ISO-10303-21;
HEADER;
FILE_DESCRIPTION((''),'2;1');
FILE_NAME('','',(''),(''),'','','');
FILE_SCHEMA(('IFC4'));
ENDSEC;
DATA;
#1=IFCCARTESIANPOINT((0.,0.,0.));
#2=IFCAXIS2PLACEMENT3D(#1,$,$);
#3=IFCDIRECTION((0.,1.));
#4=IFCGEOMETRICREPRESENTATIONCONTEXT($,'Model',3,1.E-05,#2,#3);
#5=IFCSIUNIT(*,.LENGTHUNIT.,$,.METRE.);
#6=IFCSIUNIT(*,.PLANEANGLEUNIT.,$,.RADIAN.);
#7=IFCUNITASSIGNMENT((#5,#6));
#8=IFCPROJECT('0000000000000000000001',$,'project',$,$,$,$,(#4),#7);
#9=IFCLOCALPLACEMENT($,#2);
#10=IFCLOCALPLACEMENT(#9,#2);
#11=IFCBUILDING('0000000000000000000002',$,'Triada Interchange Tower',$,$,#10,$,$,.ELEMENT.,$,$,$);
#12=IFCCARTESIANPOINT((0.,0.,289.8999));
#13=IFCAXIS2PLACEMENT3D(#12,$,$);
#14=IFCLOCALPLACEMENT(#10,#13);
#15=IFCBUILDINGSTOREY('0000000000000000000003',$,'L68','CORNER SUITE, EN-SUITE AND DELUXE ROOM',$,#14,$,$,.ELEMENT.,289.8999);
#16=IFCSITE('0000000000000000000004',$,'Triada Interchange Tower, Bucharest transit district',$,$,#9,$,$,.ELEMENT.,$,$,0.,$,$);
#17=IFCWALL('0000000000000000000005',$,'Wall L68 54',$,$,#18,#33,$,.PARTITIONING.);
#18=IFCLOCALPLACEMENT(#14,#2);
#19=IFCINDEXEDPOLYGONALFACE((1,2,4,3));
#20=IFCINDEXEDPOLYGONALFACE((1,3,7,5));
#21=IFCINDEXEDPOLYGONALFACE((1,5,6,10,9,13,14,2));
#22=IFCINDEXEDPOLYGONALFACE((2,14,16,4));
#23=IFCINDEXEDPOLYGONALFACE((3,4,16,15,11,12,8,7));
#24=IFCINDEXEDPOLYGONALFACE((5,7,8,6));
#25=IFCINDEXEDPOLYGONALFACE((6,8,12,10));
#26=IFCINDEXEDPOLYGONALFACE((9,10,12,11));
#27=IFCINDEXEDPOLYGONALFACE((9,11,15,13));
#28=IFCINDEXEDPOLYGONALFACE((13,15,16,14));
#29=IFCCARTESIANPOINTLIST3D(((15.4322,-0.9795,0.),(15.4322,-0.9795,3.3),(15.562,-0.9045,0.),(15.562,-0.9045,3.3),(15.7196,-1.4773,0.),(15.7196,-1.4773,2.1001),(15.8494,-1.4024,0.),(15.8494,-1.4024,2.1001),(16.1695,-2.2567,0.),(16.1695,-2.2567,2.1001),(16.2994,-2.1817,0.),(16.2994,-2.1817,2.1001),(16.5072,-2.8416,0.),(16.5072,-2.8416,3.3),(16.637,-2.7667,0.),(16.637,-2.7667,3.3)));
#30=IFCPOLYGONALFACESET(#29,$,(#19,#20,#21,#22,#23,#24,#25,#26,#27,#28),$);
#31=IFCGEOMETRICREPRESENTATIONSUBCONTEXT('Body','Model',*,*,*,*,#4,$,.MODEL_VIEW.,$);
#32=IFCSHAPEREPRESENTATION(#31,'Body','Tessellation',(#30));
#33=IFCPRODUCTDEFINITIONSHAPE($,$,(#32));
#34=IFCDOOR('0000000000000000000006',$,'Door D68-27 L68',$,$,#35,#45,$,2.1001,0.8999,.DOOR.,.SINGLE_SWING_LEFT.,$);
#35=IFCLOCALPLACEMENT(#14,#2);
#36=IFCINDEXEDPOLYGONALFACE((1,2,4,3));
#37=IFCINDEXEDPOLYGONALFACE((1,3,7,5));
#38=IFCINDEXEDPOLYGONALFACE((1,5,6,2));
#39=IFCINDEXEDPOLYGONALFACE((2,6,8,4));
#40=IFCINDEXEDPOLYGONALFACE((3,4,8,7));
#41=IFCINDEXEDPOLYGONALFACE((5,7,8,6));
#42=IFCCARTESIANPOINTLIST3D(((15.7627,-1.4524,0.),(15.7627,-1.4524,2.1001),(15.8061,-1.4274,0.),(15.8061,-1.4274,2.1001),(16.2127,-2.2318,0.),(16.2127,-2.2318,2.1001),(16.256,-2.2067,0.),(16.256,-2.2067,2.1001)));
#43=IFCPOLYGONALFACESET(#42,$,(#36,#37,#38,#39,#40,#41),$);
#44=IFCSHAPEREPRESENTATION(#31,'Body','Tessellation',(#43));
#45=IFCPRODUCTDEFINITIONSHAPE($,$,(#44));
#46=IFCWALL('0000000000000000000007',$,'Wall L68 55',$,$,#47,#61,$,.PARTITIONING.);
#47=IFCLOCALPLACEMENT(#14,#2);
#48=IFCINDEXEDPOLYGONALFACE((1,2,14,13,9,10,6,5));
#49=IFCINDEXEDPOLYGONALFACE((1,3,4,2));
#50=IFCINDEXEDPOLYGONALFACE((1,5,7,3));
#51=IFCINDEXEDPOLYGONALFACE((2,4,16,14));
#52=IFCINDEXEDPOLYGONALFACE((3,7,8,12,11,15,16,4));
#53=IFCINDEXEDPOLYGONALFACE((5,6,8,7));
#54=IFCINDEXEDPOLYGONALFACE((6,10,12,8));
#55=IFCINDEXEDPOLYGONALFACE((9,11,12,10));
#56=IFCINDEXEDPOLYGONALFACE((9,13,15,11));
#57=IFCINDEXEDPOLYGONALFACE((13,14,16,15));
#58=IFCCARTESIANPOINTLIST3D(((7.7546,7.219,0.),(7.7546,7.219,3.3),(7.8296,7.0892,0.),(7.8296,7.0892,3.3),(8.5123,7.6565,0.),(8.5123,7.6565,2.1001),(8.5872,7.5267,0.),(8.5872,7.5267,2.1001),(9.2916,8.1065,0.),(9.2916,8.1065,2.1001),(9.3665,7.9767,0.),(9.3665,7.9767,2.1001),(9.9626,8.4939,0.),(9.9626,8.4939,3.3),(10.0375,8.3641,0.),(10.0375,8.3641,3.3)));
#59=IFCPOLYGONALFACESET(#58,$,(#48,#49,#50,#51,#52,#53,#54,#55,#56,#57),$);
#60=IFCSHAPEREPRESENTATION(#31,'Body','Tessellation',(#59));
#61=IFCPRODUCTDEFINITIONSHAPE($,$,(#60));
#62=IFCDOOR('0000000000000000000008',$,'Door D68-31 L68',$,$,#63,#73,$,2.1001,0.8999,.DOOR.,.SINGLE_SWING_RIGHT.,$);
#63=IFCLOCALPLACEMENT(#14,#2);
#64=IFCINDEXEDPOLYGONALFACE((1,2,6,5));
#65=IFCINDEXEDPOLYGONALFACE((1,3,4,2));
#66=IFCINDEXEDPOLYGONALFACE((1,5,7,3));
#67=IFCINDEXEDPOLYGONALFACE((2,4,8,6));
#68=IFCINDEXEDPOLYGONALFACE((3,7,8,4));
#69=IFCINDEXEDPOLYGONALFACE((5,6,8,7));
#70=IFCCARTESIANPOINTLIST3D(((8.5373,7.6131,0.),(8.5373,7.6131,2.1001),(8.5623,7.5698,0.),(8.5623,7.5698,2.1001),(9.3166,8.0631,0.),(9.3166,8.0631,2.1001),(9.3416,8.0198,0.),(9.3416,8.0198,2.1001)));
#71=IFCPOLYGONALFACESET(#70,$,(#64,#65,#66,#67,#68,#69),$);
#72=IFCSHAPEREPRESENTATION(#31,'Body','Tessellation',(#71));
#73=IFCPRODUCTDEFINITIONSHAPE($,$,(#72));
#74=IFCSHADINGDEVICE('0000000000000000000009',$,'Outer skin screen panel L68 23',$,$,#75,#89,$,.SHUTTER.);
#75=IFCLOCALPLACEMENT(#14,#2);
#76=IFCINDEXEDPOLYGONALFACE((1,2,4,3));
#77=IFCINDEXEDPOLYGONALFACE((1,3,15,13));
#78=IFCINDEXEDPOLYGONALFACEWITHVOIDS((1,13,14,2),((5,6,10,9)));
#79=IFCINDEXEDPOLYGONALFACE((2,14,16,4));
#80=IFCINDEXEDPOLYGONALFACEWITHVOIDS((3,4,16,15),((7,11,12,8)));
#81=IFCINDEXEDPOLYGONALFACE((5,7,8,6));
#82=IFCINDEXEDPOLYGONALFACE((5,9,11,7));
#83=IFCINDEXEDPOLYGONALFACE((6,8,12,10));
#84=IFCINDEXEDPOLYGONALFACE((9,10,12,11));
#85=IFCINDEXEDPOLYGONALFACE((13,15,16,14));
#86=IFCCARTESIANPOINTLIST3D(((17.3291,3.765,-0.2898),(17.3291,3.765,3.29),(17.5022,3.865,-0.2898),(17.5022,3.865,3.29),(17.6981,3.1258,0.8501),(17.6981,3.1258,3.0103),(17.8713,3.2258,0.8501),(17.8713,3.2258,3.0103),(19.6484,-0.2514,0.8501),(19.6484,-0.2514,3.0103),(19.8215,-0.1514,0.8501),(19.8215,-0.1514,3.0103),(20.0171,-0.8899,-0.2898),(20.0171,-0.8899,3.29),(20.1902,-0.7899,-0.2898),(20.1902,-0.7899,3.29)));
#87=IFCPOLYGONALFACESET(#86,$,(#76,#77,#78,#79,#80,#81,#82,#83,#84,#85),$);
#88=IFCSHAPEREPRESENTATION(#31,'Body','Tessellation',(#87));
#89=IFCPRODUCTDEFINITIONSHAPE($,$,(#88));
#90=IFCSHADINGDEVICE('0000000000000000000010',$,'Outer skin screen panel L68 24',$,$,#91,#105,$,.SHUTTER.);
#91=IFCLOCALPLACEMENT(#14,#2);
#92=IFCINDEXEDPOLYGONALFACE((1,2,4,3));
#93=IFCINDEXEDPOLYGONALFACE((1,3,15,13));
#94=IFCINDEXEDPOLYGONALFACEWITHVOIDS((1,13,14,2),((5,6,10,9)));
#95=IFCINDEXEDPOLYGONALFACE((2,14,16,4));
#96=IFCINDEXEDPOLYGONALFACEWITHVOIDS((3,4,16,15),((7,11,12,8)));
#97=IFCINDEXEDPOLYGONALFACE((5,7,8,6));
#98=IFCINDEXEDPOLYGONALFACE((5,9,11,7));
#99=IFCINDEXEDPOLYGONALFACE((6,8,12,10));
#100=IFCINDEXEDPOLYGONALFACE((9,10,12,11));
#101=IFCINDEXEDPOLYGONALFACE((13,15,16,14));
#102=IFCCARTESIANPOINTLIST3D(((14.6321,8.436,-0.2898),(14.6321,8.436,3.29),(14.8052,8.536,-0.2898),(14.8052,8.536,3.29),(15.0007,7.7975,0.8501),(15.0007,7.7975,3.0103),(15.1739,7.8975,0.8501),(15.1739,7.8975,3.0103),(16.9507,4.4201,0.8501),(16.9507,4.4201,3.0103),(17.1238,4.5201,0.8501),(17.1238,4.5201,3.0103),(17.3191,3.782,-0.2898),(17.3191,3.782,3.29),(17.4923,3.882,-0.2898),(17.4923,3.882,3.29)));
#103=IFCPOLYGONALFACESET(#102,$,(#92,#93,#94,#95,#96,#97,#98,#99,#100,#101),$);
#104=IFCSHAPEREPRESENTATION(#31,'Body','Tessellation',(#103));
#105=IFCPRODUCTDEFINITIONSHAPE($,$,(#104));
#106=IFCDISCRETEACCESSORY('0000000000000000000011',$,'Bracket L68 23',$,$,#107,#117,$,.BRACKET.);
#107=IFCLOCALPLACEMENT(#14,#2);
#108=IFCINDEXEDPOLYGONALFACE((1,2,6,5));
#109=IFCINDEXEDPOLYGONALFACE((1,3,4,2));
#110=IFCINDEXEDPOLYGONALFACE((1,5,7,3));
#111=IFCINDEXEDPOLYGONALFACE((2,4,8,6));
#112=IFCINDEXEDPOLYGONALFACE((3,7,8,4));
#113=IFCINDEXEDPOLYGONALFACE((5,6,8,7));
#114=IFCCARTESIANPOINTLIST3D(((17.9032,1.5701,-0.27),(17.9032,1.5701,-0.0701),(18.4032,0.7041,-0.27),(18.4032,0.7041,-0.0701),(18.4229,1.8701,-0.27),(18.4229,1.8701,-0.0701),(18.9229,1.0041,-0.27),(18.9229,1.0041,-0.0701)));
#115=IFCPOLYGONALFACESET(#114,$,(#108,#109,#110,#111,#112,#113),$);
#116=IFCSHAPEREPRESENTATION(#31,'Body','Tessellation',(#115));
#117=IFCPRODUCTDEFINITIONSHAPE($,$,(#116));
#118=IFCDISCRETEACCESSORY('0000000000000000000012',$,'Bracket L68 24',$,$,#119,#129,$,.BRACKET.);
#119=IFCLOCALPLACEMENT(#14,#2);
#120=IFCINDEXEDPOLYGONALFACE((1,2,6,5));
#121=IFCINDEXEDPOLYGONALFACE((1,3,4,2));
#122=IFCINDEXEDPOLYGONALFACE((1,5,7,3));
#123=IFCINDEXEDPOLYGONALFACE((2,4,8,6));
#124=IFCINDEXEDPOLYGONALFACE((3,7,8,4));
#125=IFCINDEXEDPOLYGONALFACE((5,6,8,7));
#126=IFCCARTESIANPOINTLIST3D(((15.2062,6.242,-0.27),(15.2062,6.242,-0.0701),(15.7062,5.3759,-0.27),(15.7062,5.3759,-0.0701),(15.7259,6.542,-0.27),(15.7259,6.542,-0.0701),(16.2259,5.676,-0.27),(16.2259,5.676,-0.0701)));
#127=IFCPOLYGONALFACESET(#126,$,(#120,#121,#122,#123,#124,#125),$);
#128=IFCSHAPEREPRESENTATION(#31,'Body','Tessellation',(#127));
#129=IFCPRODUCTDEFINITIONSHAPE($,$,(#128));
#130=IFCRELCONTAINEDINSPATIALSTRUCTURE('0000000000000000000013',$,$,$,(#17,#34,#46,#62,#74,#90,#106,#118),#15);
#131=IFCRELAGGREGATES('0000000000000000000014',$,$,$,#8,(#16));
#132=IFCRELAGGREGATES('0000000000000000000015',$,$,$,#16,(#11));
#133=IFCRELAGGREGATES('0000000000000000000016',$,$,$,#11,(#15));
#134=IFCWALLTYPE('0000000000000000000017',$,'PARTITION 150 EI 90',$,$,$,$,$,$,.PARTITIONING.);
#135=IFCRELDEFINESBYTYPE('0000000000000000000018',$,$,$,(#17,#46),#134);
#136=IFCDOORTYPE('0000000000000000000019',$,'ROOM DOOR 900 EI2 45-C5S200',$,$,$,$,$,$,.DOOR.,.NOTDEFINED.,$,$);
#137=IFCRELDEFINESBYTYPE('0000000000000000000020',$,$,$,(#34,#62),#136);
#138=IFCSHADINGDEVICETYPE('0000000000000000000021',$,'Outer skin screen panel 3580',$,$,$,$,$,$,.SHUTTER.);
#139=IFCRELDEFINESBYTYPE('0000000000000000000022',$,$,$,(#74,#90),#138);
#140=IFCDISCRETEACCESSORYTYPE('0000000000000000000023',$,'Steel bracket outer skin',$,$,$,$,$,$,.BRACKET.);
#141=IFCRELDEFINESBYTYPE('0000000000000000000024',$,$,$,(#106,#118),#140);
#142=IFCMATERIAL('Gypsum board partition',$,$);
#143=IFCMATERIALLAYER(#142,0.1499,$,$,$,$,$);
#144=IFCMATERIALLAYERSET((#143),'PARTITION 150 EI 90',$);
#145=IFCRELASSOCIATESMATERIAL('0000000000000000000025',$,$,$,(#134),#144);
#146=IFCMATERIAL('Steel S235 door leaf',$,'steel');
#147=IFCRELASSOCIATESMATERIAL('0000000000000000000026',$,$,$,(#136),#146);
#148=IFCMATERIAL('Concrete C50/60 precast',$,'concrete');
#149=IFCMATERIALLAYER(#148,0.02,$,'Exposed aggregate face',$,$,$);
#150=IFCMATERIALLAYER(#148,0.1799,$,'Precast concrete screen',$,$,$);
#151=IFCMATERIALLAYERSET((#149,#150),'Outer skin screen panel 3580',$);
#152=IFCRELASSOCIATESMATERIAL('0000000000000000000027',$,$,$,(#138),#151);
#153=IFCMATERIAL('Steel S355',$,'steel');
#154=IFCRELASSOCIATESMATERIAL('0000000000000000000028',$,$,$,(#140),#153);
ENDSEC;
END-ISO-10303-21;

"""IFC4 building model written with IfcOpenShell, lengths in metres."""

from ifc_helpers import new_model, si_unit, direction, frame, frame_2d, origin, origin_2d, place, context, subcontext, project, spatial, polyline, rectangle, outline, extrude, material, layer, layer_set, type_object, element, fill, save


model = new_model("IFC4")

# Units and contexts
model_context = context("Model", 3, precision=1e-05, world=origin(), true_north=direction((0.0, 1.0)))
body_context = subcontext(model_context, "Body", "Model", "MODEL_VIEW")
ifc_project = project(units=[si_unit("LENGTHUNIT", "METRE"), si_unit("PLANEANGLEUNIT", "RADIAN")], contexts=[model_context])

# Site, building, storey
site_placement = place(None, origin())
site = spatial("IfcSite", under=ifc_project, at=site_placement, Name="Triada Interchange Tower, Bucharest transit district", CompositionType="ELEMENT", RefElevation=0.0)
building_placement = place(site_placement, origin())
building = spatial("IfcBuilding", under=site, at=building_placement, Name="Triada Interchange Tower", CompositionType="ELEMENT")
storey_placement = place(building_placement, frame((0.0, 0.0, 289.8999)))
storey = spatial("IfcBuildingStorey", under=building, at=storey_placement, Name="L68", Description="CORNER SUITE, EN-SUITE AND DELUXE ROOM", CompositionType="ELEMENT", Elevation=289.8999)

# Shared definitions
ifc_material_1 = material(Name="Gypsum board partition")

# Walls, openings, doors
ifc_layer_1 = layer(ifc_material_1, 0.1499)
ifc_layer_set_1 = layer_set([ifc_layer_1], Name="PARTITION 150 EI 90")
wall_type_1 = type_object("IfcWallType", Name="PARTITION 150 EI 90", PredefinedType="PARTITIONING", material=ifc_layer_set_1)
wall_1_placement = place(storey_placement, frame((15.4971, -0.9419, 0.0), z_axis=(0.0, 0.0, 1.0), x_axis=(0.499962, -0.866048, 0.0)))
wall_1 = element("IfcWall", 1, at=wall_1_placement, inside=storey, type_object=wall_type_1, Name="Wall L68 54", PredefinedType="PARTITIONING", context=body_context, shape_type="SweptSolid", body=[
    extrude(rectangle(XDim=2.1501, YDim=0.1499, at=frame_2d((1.0752, 0.0))), origin(), (0.0, 0.0, 1.0), 3.3),
])
opening_1_placement = place(wall_1_placement, frame((0.575, 0.0, 0.0)))
opening_1 = element("IfcOpeningElement", 2, at=opening_1_placement, cuts=wall_1, PredefinedType="OPENING", context=body_context, shape_type="SweptSolid", body=[
    extrude(rectangle(XDim=0.8999, YDim=2.1001, at=frame_2d((0.45, 1.05))), frame((0.0, 0.085, 0.0), z_axis=(0.0, -1.0, 0.0), x_axis=(1.0, 0.0, 0.0)), (0.0, 0.0, 1.0), 0.1699),
])
ifc_material_2 = material(Name="Steel S235 door leaf", Category="steel")
door_type = type_object("IfcDoorType", Name="ROOM DOOR 900 EI2 45-C5S200", OperationType="NOTDEFINED", PredefinedType="DOOR", material=ifc_material_2)
door_1_placement = place(opening_1_placement, origin())
door_1 = element("IfcDoor", 3, at=door_1_placement, inside=storey, type_object=door_type, Name="Door D68-27 L68", OperationType="SINGLE_SWING_LEFT", OverallHeight=2.1001, OverallWidth=0.8999, PredefinedType="DOOR", context=body_context, shape_type="SweptSolid", body=[
    extrude(rectangle(XDim=0.8999, YDim=2.1001, at=frame_2d((0.45, 1.05))), frame((0.0, 0.0249, 0.0), z_axis=(0.0, -1.0, 0.0), x_axis=(1.0, 0.0, 0.0)), (0.0, 0.0, 1.0), 0.05),
])
fill(opening_1, door_1)
wall_2_placement = place(storey_placement, frame((7.792, 7.1541, 0.0), z_axis=(0.0, 0.0, 1.0), x_axis=(0.866007, 0.500032, 0.0)))
wall_2 = element("IfcWall", 4, at=wall_2_placement, inside=storey, type_object=wall_type_1, Name="Wall L68 55", PredefinedType="PARTITIONING", context=body_context, shape_type="SweptSolid", body=[
    extrude(rectangle(XDim=2.5496, YDim=0.1499, at=frame_2d((1.2749, 0.0))), origin(), (0.0, 0.0, 1.0), 3.3),
])
opening_2_placement = place(wall_2_placement, frame((0.875, 0.0, 0.0)))
opening_2 = element("IfcOpeningElement", 5, at=opening_2_placement, cuts=wall_2, PredefinedType="OPENING", context=body_context, shape_type="SweptSolid", body=[
    extrude(rectangle(XDim=0.8999, YDim=2.1001, at=frame_2d((0.45, 1.05))), frame((0.0, 0.085, 0.0), z_axis=(0.0, -1.0, 0.0), x_axis=(1.0, 0.0, 0.0)), (0.0, 0.0, 1.0), 0.1699),
])
door_2_placement = place(opening_2_placement, origin())
door_2 = element("IfcDoor", 6, at=door_2_placement, inside=storey, type_object=door_type, Name="Door D68-31 L68", OperationType="SINGLE_SWING_RIGHT", OverallHeight=2.1001, OverallWidth=0.8999, PredefinedType="DOOR", context=body_context, shape_type="SweptSolid", body=[
    extrude(rectangle(XDim=0.8999, YDim=2.1001, at=frame_2d((0.45, 1.05))), frame((0.0, 0.0249, 0.0), z_axis=(0.0, -1.0, 0.0), x_axis=(1.0, 0.0, 0.0)), (0.0, 0.0, 1.0), 0.05),
])
fill(opening_2, door_2)

# Shading devices
ifc_material_3 = material(Name="Concrete C50/60 precast", Category="concrete")
ifc_layer_2 = layer(ifc_material_3, 0.02, Name="Exposed aggregate face")
ifc_layer_3 = layer(ifc_material_3, 0.1799, Name="Precast concrete screen")
ifc_layer_set_2 = layer_set([ifc_layer_2, ifc_layer_3], Name="Outer skin screen panel 3580")
shading_device_type = type_object("IfcShadingDeviceType", Name="Outer skin screen panel 3580", PredefinedType="SHUTTER", material=ifc_layer_set_2)
shading_device_1_placement = place(storey_placement, frame((20.0171, -0.8899, -0.2898), z_axis=(0.0, 0.0, 1.0), x_axis=(-0.500076, 0.865981, 0.0)))
element("IfcShadingDevice", 7, at=shading_device_1_placement, inside=storey, type_object=shading_device_type, Name="Outer skin screen panel L68 23", PredefinedType="SHUTTER", context=body_context, shape_type="SweptSolid", body=[
    extrude(outline(polyline([(0.0, 0.0), (5.3752, 0.0), (5.3752, 3.5798), (0.0, 3.5798), (0.0, 0.0)]), holes=[polyline([(0.7373, 1.1399), (0.7373, 3.3), (4.6372, 3.3), (4.6372, 1.1399), (0.7373, 1.1399)])]), frame((0.0, 0.0, 0.0), z_axis=(0.0, -1.0, 0.0), x_axis=(1.0, 0.0, 0.0)), (0.0, 0.0, 1.0), 0.2),
])
shading_device_2_placement = place(storey_placement, frame((17.3191, 3.782, -0.2898), z_axis=(0.0, 0.0, 1.0), x_axis=(-0.499999, 0.866026, 0.0)))
element("IfcShadingDevice", 8, at=shading_device_2_placement, inside=storey, type_object=shading_device_type, Name="Outer skin screen panel L68 24", PredefinedType="SHUTTER", context=body_context, shape_type="SweptSolid", body=[
    extrude(outline(polyline([(0.0, 0.0), (5.374, 0.0), (5.374, 3.5798), (0.0, 3.5798), (0.0, 0.0)]), holes=[polyline([(0.7368, 1.1399), (0.7368, 3.3), (4.6367, 3.3), (4.6367, 1.1399), (0.7368, 1.1399)])]), frame((0.0, 0.0, 0.0), z_axis=(0.0, -1.0, 0.0), x_axis=(1.0, 0.0, 0.0)), (0.0, 0.0, 1.0), 0.2),
])

# Discrete accessories
ifc_material_4 = material(Name="Steel S355", Category="steel")
discrete_accessory_type = type_object("IfcDiscreteAccessoryType", Name="Steel bracket outer skin", PredefinedType="BRACKET", material=ifc_material_4)
for number, where, z_axis, x_axis, name in (
    (9, (18.4131, 1.2871, -0.27), (0.0, 0.0, 1.0), (0.866023, 0.500004, 0.0), "Bracket L68 23"),
    (10, (15.7161, 5.959, -0.27), (0.0, 0.0, 1.0), (0.866023, 0.500004, 0.0), "Bracket L68 24"),
):
    element("IfcDiscreteAccessory", number, at=place(storey_placement, frame(where, z_axis=z_axis, x_axis=x_axis)), inside=storey, type_object=discrete_accessory_type, Name=name, PredefinedType="BRACKET", context=body_context, shape_type="SweptSolid", body=[
        extrude(rectangle(XDim=0.6001, YDim=1.0, at=origin_2d()), origin(), (0.0, 0.0, 1.0), 0.2),
    ])

save(model, "model.ifc")
